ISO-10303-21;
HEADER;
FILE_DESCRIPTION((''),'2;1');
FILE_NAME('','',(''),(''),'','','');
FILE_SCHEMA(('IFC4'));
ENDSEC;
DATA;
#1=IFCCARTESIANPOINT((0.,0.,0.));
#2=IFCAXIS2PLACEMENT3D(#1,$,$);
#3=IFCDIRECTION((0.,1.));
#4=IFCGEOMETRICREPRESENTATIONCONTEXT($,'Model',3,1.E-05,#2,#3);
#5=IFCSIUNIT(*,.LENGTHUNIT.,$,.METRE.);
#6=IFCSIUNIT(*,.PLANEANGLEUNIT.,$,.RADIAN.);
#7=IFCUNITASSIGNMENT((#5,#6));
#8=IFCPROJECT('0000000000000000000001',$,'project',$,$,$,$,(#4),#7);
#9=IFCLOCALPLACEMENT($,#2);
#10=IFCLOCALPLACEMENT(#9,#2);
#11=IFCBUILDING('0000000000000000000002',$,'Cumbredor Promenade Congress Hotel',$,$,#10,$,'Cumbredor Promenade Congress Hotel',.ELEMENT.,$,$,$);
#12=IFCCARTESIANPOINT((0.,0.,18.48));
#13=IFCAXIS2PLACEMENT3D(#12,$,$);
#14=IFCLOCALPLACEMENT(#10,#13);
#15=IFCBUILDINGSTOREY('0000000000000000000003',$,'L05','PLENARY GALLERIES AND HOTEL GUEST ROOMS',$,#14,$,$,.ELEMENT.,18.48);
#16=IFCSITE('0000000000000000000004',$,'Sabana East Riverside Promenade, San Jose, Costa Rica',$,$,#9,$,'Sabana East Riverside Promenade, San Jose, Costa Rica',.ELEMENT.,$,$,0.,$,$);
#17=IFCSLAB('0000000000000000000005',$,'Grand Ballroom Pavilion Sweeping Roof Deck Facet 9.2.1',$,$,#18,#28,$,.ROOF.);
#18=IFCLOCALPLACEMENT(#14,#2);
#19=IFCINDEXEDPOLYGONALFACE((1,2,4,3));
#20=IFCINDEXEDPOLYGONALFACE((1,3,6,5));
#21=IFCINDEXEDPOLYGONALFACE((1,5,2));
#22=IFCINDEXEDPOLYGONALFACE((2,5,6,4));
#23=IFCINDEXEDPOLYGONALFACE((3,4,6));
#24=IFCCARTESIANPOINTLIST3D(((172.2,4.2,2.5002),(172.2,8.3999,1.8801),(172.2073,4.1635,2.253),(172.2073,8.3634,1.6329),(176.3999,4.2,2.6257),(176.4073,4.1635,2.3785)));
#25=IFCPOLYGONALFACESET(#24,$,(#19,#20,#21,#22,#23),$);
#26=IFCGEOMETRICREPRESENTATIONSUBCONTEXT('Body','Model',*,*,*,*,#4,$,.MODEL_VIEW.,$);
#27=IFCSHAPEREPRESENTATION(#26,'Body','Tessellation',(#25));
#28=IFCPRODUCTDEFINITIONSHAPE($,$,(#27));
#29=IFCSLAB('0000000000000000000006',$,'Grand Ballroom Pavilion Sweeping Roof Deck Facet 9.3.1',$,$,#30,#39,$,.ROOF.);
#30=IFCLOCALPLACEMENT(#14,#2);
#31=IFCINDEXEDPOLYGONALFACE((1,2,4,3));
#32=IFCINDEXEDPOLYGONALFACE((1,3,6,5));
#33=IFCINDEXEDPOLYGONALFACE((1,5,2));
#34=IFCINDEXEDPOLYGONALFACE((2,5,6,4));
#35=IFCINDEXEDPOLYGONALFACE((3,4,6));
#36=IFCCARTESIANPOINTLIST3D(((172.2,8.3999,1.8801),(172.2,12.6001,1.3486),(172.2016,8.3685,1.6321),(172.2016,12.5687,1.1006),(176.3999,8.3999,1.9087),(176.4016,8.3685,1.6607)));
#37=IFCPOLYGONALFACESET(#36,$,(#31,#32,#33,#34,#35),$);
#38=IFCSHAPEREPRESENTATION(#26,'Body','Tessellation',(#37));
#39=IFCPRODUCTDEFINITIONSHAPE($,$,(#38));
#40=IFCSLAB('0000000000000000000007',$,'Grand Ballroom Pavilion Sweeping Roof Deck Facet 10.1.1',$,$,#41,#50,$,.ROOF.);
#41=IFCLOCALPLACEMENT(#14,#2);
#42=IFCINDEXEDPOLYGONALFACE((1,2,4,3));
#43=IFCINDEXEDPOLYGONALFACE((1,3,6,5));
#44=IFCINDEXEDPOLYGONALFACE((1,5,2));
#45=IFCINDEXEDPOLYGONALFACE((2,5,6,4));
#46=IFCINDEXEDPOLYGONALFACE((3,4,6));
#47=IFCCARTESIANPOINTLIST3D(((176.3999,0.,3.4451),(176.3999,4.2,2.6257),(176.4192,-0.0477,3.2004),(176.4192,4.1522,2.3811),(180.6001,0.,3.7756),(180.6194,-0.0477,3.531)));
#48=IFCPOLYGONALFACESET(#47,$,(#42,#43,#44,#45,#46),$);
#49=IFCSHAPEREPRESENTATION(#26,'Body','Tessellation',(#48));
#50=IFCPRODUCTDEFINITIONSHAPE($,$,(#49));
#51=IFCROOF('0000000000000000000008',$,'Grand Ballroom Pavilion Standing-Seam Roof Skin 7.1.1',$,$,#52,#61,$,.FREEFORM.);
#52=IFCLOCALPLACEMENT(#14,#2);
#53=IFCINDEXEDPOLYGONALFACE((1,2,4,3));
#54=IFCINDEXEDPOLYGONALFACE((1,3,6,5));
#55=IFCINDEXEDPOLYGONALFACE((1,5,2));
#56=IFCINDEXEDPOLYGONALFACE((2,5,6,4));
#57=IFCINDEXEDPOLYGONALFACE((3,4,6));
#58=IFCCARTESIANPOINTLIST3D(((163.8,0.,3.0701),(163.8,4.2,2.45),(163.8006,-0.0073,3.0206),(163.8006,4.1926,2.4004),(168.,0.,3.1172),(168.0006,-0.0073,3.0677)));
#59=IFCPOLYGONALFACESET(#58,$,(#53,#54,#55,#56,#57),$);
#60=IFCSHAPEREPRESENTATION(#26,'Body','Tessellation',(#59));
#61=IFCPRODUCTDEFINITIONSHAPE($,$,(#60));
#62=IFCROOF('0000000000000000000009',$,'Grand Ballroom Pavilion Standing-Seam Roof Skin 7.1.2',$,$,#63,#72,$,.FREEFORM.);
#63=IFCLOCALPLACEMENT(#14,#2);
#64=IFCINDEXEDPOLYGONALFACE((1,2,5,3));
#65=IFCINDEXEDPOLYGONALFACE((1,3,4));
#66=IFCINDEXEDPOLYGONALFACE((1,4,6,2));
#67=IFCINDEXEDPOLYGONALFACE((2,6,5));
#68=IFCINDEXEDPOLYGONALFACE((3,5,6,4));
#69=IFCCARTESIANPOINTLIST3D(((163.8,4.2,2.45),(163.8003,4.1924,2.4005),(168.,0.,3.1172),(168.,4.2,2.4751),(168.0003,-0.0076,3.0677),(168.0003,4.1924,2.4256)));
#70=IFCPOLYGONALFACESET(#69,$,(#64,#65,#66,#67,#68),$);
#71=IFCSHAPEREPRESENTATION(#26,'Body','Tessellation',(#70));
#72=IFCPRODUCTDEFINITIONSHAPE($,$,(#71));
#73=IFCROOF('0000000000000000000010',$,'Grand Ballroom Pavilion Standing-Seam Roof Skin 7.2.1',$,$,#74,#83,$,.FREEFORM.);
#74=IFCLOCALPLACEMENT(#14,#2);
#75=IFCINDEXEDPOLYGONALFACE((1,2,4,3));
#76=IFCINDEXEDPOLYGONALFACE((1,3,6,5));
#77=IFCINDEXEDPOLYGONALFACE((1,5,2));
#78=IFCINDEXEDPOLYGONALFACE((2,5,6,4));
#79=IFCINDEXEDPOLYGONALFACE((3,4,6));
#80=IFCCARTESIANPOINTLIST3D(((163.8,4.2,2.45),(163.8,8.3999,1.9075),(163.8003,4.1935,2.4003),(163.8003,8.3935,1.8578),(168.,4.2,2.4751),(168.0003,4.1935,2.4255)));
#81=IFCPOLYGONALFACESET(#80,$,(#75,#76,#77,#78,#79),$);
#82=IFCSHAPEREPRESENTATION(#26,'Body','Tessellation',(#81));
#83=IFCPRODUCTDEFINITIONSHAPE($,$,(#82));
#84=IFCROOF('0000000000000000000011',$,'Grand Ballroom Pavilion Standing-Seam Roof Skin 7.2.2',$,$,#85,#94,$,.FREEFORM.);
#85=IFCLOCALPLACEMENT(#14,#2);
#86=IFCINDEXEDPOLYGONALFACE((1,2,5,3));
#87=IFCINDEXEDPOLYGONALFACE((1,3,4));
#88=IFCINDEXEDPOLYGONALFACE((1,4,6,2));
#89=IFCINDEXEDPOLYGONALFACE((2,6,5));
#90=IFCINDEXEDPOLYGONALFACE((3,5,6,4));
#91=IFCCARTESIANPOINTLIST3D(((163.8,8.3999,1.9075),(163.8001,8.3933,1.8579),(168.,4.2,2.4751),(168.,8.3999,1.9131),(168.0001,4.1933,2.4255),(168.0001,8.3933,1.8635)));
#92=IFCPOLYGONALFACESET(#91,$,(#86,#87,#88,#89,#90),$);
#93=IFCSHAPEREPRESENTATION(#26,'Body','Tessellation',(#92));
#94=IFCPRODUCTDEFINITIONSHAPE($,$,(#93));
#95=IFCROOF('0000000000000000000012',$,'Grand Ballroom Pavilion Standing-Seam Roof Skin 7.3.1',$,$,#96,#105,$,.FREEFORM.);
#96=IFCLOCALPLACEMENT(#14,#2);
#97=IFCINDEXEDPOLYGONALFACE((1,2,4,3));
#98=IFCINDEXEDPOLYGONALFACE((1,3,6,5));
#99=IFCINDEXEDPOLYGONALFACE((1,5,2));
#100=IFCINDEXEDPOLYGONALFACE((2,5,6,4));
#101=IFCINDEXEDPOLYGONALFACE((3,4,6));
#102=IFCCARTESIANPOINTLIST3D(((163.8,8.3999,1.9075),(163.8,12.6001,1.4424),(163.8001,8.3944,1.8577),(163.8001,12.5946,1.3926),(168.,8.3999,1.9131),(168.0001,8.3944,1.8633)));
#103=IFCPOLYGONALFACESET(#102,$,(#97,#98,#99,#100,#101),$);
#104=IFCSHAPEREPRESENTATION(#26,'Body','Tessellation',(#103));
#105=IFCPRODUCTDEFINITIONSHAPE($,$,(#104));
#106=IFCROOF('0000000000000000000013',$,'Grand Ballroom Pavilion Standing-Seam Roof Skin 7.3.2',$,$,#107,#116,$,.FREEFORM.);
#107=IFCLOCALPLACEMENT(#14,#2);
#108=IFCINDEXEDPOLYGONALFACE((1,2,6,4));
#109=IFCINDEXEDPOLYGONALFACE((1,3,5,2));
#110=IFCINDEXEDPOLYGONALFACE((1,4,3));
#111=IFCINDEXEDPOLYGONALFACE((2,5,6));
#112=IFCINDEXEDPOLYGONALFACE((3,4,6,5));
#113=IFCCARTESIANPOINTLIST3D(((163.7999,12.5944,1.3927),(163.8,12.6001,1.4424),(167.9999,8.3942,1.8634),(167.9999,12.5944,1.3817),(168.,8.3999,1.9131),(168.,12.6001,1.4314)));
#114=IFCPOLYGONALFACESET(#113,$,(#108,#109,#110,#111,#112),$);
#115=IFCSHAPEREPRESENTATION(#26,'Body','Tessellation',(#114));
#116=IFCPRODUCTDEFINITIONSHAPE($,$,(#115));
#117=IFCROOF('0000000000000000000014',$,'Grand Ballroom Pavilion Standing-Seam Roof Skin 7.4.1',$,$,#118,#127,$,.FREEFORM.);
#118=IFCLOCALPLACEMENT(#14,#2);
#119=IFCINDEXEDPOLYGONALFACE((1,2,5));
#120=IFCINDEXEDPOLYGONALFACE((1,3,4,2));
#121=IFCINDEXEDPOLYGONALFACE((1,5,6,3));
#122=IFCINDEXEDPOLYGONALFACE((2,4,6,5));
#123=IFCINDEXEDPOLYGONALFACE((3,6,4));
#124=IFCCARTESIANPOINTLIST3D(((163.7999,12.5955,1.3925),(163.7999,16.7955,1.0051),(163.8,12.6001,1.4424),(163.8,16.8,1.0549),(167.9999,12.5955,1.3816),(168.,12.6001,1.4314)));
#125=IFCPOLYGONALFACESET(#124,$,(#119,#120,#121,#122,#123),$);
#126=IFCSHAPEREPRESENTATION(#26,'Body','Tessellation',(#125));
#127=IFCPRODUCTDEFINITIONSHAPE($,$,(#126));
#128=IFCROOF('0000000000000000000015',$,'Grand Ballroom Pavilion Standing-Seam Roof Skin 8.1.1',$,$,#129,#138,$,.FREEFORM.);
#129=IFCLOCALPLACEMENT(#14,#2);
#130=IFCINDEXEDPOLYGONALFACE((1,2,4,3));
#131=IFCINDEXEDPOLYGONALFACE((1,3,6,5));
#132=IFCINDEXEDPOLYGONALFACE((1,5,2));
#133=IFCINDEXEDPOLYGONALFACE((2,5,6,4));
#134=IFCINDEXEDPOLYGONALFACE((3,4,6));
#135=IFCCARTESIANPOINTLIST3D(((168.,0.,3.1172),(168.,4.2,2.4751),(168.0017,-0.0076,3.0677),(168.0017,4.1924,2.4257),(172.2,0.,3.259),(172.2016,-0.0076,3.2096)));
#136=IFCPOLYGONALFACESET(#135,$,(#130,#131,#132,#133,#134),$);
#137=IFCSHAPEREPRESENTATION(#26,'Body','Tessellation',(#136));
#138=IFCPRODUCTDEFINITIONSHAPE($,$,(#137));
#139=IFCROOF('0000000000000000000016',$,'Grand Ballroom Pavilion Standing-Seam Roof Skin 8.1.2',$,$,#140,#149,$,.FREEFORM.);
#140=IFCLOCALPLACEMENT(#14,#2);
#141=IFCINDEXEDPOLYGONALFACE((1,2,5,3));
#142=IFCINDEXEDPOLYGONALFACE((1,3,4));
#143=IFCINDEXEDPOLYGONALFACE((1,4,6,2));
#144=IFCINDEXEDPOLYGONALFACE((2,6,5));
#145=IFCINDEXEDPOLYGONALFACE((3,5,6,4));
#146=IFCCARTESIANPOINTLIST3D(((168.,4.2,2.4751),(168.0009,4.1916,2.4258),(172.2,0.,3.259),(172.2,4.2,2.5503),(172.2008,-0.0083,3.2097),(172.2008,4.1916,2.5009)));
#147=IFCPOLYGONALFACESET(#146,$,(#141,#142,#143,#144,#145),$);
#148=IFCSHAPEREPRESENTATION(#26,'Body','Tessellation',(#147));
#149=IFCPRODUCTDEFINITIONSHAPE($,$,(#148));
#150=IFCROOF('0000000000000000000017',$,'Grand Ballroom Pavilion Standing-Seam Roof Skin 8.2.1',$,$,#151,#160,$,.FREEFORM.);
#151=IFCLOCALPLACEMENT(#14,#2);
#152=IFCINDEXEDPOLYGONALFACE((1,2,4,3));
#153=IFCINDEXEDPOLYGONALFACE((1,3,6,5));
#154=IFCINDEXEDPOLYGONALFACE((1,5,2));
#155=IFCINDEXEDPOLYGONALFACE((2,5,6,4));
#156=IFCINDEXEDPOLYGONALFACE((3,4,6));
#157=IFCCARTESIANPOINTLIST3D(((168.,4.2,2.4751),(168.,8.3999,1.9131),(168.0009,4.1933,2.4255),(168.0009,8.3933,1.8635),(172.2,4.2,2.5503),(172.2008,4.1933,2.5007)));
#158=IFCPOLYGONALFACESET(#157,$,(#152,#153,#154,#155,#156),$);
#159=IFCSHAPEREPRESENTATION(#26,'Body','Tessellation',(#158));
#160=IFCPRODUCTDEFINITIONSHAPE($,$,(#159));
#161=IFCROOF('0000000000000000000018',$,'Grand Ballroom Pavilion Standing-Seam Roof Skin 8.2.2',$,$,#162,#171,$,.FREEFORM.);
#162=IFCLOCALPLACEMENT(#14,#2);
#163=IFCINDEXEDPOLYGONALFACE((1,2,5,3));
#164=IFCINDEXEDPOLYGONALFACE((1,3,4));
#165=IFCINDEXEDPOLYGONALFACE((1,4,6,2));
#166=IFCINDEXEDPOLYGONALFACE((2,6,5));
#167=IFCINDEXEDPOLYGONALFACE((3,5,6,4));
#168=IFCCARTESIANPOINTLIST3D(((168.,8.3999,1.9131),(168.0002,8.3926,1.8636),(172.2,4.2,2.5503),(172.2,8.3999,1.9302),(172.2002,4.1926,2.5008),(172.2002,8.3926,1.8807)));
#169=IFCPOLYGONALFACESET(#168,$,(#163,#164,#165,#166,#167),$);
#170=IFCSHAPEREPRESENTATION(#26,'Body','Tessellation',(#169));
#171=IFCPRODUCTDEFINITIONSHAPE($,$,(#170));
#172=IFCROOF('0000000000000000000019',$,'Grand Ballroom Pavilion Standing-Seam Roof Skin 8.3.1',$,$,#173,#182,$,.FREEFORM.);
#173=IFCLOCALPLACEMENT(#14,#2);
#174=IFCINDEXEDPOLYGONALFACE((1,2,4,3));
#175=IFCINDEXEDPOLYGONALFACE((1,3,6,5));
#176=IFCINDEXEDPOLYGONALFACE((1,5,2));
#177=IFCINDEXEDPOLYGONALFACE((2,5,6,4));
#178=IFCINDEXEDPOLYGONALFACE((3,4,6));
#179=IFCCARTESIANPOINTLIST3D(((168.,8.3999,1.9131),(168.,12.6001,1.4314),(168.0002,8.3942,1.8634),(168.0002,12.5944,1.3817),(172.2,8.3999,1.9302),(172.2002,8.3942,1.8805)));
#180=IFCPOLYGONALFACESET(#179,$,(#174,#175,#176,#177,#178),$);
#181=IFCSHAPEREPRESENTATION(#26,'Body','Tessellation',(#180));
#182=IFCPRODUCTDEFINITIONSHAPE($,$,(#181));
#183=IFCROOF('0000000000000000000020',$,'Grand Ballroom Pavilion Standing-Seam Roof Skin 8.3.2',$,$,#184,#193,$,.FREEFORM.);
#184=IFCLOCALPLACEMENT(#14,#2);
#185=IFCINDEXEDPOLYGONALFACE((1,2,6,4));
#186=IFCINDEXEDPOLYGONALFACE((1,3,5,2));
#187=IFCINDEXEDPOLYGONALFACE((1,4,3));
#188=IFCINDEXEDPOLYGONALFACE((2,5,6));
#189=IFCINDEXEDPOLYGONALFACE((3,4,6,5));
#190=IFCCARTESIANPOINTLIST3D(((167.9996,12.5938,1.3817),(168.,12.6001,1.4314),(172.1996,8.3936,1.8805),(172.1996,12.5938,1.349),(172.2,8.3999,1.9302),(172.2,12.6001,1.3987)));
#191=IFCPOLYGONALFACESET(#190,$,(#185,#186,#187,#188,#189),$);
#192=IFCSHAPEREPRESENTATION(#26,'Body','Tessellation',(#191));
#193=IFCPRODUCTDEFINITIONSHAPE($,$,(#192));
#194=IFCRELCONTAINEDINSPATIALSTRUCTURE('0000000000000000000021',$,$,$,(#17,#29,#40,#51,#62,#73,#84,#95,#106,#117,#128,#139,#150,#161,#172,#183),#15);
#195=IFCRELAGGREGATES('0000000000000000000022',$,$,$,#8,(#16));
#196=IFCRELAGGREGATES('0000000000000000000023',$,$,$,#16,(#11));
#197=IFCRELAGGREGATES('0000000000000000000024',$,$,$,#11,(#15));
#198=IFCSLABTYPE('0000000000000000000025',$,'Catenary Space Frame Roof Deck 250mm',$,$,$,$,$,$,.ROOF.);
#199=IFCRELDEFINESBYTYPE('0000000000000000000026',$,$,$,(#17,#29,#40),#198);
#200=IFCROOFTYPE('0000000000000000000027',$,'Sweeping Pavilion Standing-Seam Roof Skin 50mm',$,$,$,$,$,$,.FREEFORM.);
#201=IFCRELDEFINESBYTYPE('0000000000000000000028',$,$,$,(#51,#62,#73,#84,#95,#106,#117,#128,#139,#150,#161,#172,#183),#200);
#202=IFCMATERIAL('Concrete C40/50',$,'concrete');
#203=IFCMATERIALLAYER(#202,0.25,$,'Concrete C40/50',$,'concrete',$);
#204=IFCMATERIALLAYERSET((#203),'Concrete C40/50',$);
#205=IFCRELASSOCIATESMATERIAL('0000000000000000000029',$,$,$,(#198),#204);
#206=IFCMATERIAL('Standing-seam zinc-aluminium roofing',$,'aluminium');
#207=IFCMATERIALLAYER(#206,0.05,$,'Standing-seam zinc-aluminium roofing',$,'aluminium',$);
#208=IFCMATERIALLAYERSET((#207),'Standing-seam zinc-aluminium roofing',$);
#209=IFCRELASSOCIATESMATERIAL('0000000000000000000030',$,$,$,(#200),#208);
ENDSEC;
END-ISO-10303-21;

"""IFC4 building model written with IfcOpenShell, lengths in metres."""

from ifc_helpers import new_model, si_unit, direction, frame, origin, place, context, subcontext, project, spatial, polyline, outline, extrude, material, layer, layer_set, type_object, element, save


model = new_model("IFC4")

# Units and contexts
model_context = context("Model", 3, precision=1e-05, world=origin(), true_north=direction((0.0, 1.0)))
body_context = subcontext(model_context, "Body", "Model", "MODEL_VIEW")
ifc_project = project(units=[si_unit("LENGTHUNIT", "METRE"), si_unit("PLANEANGLEUNIT", "RADIAN")], contexts=[model_context])

# Site, building, storey
site_placement = place(None, origin())
site = spatial("IfcSite", under=ifc_project, at=site_placement, Name="Sabana East Riverside Promenade, San Jose, Costa Rica", LongName="Sabana East Riverside Promenade, San Jose, Costa Rica", CompositionType="ELEMENT", RefElevation=0.0)
building_placement = place(site_placement, origin())
building = spatial("IfcBuilding", under=site, at=building_placement, Name="Cumbredor Promenade Congress Hotel", LongName="Cumbredor Promenade Congress Hotel", CompositionType="ELEMENT")
storey_placement = place(building_placement, frame((0.0, 0.0, 18.48)))
storey = spatial("IfcBuildingStorey", under=building, at=storey_placement, Name="L05", Description="PLENARY GALLERIES AND HOTEL GUEST ROOMS", CompositionType="ELEMENT", Elevation=18.48)

# Slabs
ifc_material_1 = material(Name="Concrete C40/50", Category="concrete")
ifc_layer_1 = layer(ifc_material_1, 0.25, Name="Concrete C40/50", Category="concrete")
ifc_layer_set_1 = layer_set([ifc_layer_1], Name="Concrete C40/50")
slab_type = type_object("IfcSlabType", Name="Catenary Space Frame Roof Deck 250mm", PredefinedType="ROOF", material=ifc_layer_set_1)
slab_1_placement = place(storey_placement, frame((172.2, 4.2, 2.5002), z_axis=(-0.029545, 0.146001, 0.988843), x_axis=(0.999554, 0.0, 0.029865)))
element("IfcSlab", 1, at=slab_1_placement, inside=storey, type_object=slab_type, Name="Grand Ballroom Pavilion Sweeping Roof Deck Facet 9.2.1", PredefinedType="ROOF", context=body_context, shape_type="SweptSolid", body=[
    extrude(outline(polyline([(0.0, 0.0), (4.2018, 0.0), (-0.0185, 4.2454), (0.0, 0.0)])), origin(), (0.0, 0.0, -1.0), 0.25),
])
slab_2_placement = place(storey_placement, frame((172.2, 8.3999, 1.8801), z_axis=(-0.006747, 0.125536, 0.992066), x_axis=(0.999977, 0.0, 0.006801)))
element("IfcSlab", 2, at=slab_2_placement, inside=storey, type_object=slab_type, Name="Grand Ballroom Pavilion Sweeping Roof Deck Facet 9.3.1", PredefinedType="ROOF", context=body_context, shape_type="SweptSolid", body=[
    extrude(outline(polyline([(0.0, 0.0), (4.2, 0.0), (-0.0036, 4.2337), (0.0, 0.0)])), origin(), (0.0, 0.0, -1.0), 0.25),
])
slab_3_placement = place(storey_placement, frame((176.3999, 0.0, 3.4451), z_axis=(-0.077017, 0.190904, 0.978583), x_axis=(0.996917, 0.0, 0.07846)))
element("IfcSlab", 3, at=slab_3_placement, inside=storey, type_object=slab_type, Name="Grand Ballroom Pavilion Sweeping Roof Deck Facet 10.1.1", PredefinedType="ROOF", context=body_context, shape_type="SweptSolid", body=[
    extrude(outline(polyline([(0.0, 0.0), (4.2132, 0.0), (-0.0643, 4.2786), (0.0, 0.0)])), origin(), (0.0, 0.0, -1.0), 0.25),
])

# Roofs
ifc_material_2 = material(Name="Standing-seam zinc-aluminium roofing", Category="aluminium")
ifc_layer_2 = layer(ifc_material_2, 0.05, Name="Standing-seam zinc-aluminium roofing", Category="aluminium")
ifc_layer_set_2 = layer_set([ifc_layer_2], Name="Standing-seam zinc-aluminium roofing")
roof_type = type_object("IfcRoofType", Name="Sweeping Pavilion Standing-Seam Roof Skin 50mm", PredefinedType="FREEFORM", material=ifc_layer_set_2)
roof_1_placement = place(storey_placement, frame((163.8, 0.0, 3.0701), z_axis=(-0.011098, 0.146056, 0.989214), x_axis=(0.999937, 0.0, 0.011218)))
element("IfcRoof", 4, at=roof_1_placement, inside=storey, type_object=roof_type, Name="Grand Ballroom Pavilion Standing-Seam Roof Skin 7.1.1", PredefinedType="FREEFORM", context=body_context, shape_type="SweptSolid", body=[
    extrude(outline(polyline([(0.0, 0.0), (4.2002, 0.0), (-0.007, 4.2455), (0.0, 0.0)])), origin(), (0.0, 0.0, -1.0), 0.05),
])
roof_2_placement = place(storey_placement, frame((168.0, 0.0, 3.1172), z_axis=(-0.005918, 0.151122, 0.988497), x_axis=(0.0, 0.988515, -0.151124)))
element("IfcRoof", 5, at=roof_2_placement, inside=storey, type_object=roof_type, Name="Grand Ballroom Pavilion Standing-Seam Roof Skin 7.1.2", PredefinedType="FREEFORM", context=body_context, shape_type="SweptSolid", body=[
    extrude(outline(polyline([(0.0, 0.0), (4.2487, 0.0), (4.2525, 4.2), (0.0, 0.0)])), origin(), (0.0, 0.0, -1.0), 0.05),
])
roof_3_placement = place(storey_placement, frame((163.8, 4.2, 2.45), z_axis=(-0.005938, 0.128097, 0.991744), x_axis=(0.999982, 0.0, 0.005987)))
element("IfcRoof", 6, at=roof_3_placement, inside=storey, type_object=roof_type, Name="Grand Ballroom Pavilion Standing-Seam Roof Skin 7.2.1", PredefinedType="FREEFORM", context=body_context, shape_type="SweptSolid", body=[
    extrude(outline(polyline([(0.0, 0.0), (4.2, 0.0), (-0.0032, 4.2348), (0.0, 0.0)])), origin(), (0.0, 0.0, -1.0), 0.05),
])
roof_4_placement = place(storey_placement, frame((168.0, 4.2, 2.4751), z_axis=(-0.001325, 0.132632, 0.991165), x_axis=(0.0, 0.991165, -0.132632)))
element("IfcRoof", 7, at=roof_4_placement, inside=storey, type_object=roof_type, Name="Grand Ballroom Pavilion Standing-Seam Roof Skin 7.2.2", PredefinedType="FREEFORM", context=body_context, shape_type="SweptSolid", body=[
    extrude(outline(polyline([(0.0, 0.0), (4.2374, 0.0), (4.2381, 4.2), (0.0, 0.0)])), origin(), (0.0, 0.0, -1.0), 0.05),
])
roof_5_placement = place(storey_placement, frame((163.8, 8.3999, 1.9075), z_axis=(-0.001329, 0.110057, 0.993924), x_axis=(0.999999, 0.0, 0.001337)))
element("IfcRoof", 8, at=roof_5_placement, inside=storey, type_object=roof_type, Name="Grand Ballroom Pavilion Standing-Seam Roof Skin 7.3.1", PredefinedType="FREEFORM", context=body_context, shape_type="SweptSolid", body=[
    extrude(outline(polyline([(0.0, 0.0), (4.2, 0.0), (-0.0006, 4.2259), (0.0, 0.0)])), origin(), (0.0, 0.0, -1.0), 0.05),
])
roof_6_placement = place(storey_placement, frame((168.0, 8.3999, 1.9131), z_axis=(0.002599, 0.113935, 0.993485), x_axis=(0.0, 0.993488, -0.113936)))
element("IfcRoof", 9, at=roof_6_placement, inside=storey, type_object=roof_type, Name="Grand Ballroom Pavilion Standing-Seam Roof Skin 7.3.2", PredefinedType="FREEFORM", context=body_context, shape_type="SweptSolid", body=[
    extrude(outline(polyline([(0.0, 0.0), (4.2277, 0.0), (4.2265, 4.2), (0.0, 0.0)])), origin(), (0.0, 0.0, -1.0), 0.05),
])
roof_7_placement = place(storey_placement, frame((163.8, 12.6001, 1.4424), z_axis=(0.002605, 0.091861, 0.995768), x_axis=(0.999997, 0.0, -0.002616)))
element("IfcRoof", 10, at=roof_7_placement, inside=storey, type_object=roof_type, Name="Grand Ballroom Pavilion Standing-Seam Roof Skin 7.4.1", PredefinedType="FREEFORM", context=body_context, shape_type="SweptSolid", body=[
    extrude(outline(polyline([(0.0, 0.0), (4.2, 0.0), (0.001, 4.2178), (0.0, 0.0)])), origin(), (0.0, 0.0, -1.0), 0.05),
])
roof_8_placement = place(storey_placement, frame((168.0, 0.0, 3.1172), z_axis=(-0.033367, 0.15104, 0.987964), x_axis=(0.99943, 0.0, 0.033754)))
element("IfcRoof", 11, at=roof_8_placement, inside=storey, type_object=roof_type, Name="Grand Ballroom Pavilion Standing-Seam Roof Skin 8.1.1", PredefinedType="FREEFORM", context=body_context, shape_type="SweptSolid", body=[
    extrude(outline(polyline([(0.0, 0.0), (4.2023, 0.0), (-0.0217, 4.2487), (0.0, 0.0)])), origin(), (0.0, 0.0, -1.0), 0.05),
])
roof_9_placement = place(storey_placement, frame((172.2, 0.0, 3.259), z_axis=(-0.017652, 0.166371, 0.985905), x_axis=(0.0, 0.986059, -0.166397)))
element("IfcRoof", 12, at=roof_9_placement, inside=storey, type_object=roof_type, Name="Grand Ballroom Pavilion Standing-Seam Roof Skin 8.1.2", PredefinedType="FREEFORM", context=body_context, shape_type="SweptSolid", body=[
    extrude(outline(polyline([(0.0, 0.0), (4.2593, 0.0), (4.2718, 4.2006), (0.0, 0.0)])), origin(), (0.0, 0.0, -1.0), 0.05),
])
roof_10_placement = place(storey_placement, frame((168.0, 4.2, 2.4751), z_axis=(-0.017743, 0.132611, 0.991009), x_axis=(0.99984, 0.0, 0.017901)))
element("IfcRoof", 13, at=roof_10_placement, inside=storey, type_object=roof_type, Name="Grand Ballroom Pavilion Standing-Seam Roof Skin 8.2.1", PredefinedType="FREEFORM", context=body_context, shape_type="SweptSolid", body=[
    extrude(outline(polyline([(0.0, 0.0), (4.2006, 0.0), (-0.0101, 4.2374), (0.0, 0.0)])), origin(), (0.0, 0.0, -1.0), 0.05),
])
roof_11_placement = place(storey_placement, frame((172.2, 4.2, 2.5503), z_axis=(-0.004025, 0.146064, 0.989267), x_axis=(0.0, 0.989275, -0.146065)))
element("IfcRoof", 14, at=roof_11_placement, inside=storey, type_object=roof_type, Name="Grand Ballroom Pavilion Standing-Seam Roof Skin 8.2.2", PredefinedType="FREEFORM", context=body_context, shape_type="SweptSolid", body=[
    extrude(outline(polyline([(0.0, 0.0), (4.2455, 0.0), (4.248, 4.2), (0.0, 0.0)])), origin(), (0.0, 0.0, -1.0), 0.05),
])
roof_12_placement = place(storey_placement, frame((168.0, 8.3999, 1.9131), z_axis=(-0.004043, 0.113935, 0.99348), x_axis=(0.999992, 0.0, 0.004069)))
element("IfcRoof", 15, at=roof_12_placement, inside=storey, type_object=roof_type, Name="Grand Ballroom Pavilion Standing-Seam Roof Skin 8.3.1", PredefinedType="FREEFORM", context=body_context, shape_type="SweptSolid", body=[
    extrude(outline(polyline([(0.0, 0.0), (4.2, 0.0), (-0.002, 4.2277), (0.0, 0.0)])), origin(), (0.0, 0.0, -1.0), 0.05),
])
roof_13_placement = place(storey_placement, frame((172.2, 8.3999, 1.9302), z_axis=(0.007727, 0.125535, 0.992059), x_axis=(0.0, 0.992089, -0.125539)))
element("IfcRoof", 16, at=roof_13_placement, inside=storey, type_object=roof_type, Name="Grand Ballroom Pavilion Standing-Seam Roof Skin 8.3.2", PredefinedType="FREEFORM", context=body_context, shape_type="SweptSolid", body=[
    extrude(outline(polyline([(0.0, 0.0), (4.2337, 0.0), (4.2296, 4.2001), (0.0, 0.0)])), origin(), (0.0, 0.0, -1.0), 0.05),
])

save(model, "model.ifc")
